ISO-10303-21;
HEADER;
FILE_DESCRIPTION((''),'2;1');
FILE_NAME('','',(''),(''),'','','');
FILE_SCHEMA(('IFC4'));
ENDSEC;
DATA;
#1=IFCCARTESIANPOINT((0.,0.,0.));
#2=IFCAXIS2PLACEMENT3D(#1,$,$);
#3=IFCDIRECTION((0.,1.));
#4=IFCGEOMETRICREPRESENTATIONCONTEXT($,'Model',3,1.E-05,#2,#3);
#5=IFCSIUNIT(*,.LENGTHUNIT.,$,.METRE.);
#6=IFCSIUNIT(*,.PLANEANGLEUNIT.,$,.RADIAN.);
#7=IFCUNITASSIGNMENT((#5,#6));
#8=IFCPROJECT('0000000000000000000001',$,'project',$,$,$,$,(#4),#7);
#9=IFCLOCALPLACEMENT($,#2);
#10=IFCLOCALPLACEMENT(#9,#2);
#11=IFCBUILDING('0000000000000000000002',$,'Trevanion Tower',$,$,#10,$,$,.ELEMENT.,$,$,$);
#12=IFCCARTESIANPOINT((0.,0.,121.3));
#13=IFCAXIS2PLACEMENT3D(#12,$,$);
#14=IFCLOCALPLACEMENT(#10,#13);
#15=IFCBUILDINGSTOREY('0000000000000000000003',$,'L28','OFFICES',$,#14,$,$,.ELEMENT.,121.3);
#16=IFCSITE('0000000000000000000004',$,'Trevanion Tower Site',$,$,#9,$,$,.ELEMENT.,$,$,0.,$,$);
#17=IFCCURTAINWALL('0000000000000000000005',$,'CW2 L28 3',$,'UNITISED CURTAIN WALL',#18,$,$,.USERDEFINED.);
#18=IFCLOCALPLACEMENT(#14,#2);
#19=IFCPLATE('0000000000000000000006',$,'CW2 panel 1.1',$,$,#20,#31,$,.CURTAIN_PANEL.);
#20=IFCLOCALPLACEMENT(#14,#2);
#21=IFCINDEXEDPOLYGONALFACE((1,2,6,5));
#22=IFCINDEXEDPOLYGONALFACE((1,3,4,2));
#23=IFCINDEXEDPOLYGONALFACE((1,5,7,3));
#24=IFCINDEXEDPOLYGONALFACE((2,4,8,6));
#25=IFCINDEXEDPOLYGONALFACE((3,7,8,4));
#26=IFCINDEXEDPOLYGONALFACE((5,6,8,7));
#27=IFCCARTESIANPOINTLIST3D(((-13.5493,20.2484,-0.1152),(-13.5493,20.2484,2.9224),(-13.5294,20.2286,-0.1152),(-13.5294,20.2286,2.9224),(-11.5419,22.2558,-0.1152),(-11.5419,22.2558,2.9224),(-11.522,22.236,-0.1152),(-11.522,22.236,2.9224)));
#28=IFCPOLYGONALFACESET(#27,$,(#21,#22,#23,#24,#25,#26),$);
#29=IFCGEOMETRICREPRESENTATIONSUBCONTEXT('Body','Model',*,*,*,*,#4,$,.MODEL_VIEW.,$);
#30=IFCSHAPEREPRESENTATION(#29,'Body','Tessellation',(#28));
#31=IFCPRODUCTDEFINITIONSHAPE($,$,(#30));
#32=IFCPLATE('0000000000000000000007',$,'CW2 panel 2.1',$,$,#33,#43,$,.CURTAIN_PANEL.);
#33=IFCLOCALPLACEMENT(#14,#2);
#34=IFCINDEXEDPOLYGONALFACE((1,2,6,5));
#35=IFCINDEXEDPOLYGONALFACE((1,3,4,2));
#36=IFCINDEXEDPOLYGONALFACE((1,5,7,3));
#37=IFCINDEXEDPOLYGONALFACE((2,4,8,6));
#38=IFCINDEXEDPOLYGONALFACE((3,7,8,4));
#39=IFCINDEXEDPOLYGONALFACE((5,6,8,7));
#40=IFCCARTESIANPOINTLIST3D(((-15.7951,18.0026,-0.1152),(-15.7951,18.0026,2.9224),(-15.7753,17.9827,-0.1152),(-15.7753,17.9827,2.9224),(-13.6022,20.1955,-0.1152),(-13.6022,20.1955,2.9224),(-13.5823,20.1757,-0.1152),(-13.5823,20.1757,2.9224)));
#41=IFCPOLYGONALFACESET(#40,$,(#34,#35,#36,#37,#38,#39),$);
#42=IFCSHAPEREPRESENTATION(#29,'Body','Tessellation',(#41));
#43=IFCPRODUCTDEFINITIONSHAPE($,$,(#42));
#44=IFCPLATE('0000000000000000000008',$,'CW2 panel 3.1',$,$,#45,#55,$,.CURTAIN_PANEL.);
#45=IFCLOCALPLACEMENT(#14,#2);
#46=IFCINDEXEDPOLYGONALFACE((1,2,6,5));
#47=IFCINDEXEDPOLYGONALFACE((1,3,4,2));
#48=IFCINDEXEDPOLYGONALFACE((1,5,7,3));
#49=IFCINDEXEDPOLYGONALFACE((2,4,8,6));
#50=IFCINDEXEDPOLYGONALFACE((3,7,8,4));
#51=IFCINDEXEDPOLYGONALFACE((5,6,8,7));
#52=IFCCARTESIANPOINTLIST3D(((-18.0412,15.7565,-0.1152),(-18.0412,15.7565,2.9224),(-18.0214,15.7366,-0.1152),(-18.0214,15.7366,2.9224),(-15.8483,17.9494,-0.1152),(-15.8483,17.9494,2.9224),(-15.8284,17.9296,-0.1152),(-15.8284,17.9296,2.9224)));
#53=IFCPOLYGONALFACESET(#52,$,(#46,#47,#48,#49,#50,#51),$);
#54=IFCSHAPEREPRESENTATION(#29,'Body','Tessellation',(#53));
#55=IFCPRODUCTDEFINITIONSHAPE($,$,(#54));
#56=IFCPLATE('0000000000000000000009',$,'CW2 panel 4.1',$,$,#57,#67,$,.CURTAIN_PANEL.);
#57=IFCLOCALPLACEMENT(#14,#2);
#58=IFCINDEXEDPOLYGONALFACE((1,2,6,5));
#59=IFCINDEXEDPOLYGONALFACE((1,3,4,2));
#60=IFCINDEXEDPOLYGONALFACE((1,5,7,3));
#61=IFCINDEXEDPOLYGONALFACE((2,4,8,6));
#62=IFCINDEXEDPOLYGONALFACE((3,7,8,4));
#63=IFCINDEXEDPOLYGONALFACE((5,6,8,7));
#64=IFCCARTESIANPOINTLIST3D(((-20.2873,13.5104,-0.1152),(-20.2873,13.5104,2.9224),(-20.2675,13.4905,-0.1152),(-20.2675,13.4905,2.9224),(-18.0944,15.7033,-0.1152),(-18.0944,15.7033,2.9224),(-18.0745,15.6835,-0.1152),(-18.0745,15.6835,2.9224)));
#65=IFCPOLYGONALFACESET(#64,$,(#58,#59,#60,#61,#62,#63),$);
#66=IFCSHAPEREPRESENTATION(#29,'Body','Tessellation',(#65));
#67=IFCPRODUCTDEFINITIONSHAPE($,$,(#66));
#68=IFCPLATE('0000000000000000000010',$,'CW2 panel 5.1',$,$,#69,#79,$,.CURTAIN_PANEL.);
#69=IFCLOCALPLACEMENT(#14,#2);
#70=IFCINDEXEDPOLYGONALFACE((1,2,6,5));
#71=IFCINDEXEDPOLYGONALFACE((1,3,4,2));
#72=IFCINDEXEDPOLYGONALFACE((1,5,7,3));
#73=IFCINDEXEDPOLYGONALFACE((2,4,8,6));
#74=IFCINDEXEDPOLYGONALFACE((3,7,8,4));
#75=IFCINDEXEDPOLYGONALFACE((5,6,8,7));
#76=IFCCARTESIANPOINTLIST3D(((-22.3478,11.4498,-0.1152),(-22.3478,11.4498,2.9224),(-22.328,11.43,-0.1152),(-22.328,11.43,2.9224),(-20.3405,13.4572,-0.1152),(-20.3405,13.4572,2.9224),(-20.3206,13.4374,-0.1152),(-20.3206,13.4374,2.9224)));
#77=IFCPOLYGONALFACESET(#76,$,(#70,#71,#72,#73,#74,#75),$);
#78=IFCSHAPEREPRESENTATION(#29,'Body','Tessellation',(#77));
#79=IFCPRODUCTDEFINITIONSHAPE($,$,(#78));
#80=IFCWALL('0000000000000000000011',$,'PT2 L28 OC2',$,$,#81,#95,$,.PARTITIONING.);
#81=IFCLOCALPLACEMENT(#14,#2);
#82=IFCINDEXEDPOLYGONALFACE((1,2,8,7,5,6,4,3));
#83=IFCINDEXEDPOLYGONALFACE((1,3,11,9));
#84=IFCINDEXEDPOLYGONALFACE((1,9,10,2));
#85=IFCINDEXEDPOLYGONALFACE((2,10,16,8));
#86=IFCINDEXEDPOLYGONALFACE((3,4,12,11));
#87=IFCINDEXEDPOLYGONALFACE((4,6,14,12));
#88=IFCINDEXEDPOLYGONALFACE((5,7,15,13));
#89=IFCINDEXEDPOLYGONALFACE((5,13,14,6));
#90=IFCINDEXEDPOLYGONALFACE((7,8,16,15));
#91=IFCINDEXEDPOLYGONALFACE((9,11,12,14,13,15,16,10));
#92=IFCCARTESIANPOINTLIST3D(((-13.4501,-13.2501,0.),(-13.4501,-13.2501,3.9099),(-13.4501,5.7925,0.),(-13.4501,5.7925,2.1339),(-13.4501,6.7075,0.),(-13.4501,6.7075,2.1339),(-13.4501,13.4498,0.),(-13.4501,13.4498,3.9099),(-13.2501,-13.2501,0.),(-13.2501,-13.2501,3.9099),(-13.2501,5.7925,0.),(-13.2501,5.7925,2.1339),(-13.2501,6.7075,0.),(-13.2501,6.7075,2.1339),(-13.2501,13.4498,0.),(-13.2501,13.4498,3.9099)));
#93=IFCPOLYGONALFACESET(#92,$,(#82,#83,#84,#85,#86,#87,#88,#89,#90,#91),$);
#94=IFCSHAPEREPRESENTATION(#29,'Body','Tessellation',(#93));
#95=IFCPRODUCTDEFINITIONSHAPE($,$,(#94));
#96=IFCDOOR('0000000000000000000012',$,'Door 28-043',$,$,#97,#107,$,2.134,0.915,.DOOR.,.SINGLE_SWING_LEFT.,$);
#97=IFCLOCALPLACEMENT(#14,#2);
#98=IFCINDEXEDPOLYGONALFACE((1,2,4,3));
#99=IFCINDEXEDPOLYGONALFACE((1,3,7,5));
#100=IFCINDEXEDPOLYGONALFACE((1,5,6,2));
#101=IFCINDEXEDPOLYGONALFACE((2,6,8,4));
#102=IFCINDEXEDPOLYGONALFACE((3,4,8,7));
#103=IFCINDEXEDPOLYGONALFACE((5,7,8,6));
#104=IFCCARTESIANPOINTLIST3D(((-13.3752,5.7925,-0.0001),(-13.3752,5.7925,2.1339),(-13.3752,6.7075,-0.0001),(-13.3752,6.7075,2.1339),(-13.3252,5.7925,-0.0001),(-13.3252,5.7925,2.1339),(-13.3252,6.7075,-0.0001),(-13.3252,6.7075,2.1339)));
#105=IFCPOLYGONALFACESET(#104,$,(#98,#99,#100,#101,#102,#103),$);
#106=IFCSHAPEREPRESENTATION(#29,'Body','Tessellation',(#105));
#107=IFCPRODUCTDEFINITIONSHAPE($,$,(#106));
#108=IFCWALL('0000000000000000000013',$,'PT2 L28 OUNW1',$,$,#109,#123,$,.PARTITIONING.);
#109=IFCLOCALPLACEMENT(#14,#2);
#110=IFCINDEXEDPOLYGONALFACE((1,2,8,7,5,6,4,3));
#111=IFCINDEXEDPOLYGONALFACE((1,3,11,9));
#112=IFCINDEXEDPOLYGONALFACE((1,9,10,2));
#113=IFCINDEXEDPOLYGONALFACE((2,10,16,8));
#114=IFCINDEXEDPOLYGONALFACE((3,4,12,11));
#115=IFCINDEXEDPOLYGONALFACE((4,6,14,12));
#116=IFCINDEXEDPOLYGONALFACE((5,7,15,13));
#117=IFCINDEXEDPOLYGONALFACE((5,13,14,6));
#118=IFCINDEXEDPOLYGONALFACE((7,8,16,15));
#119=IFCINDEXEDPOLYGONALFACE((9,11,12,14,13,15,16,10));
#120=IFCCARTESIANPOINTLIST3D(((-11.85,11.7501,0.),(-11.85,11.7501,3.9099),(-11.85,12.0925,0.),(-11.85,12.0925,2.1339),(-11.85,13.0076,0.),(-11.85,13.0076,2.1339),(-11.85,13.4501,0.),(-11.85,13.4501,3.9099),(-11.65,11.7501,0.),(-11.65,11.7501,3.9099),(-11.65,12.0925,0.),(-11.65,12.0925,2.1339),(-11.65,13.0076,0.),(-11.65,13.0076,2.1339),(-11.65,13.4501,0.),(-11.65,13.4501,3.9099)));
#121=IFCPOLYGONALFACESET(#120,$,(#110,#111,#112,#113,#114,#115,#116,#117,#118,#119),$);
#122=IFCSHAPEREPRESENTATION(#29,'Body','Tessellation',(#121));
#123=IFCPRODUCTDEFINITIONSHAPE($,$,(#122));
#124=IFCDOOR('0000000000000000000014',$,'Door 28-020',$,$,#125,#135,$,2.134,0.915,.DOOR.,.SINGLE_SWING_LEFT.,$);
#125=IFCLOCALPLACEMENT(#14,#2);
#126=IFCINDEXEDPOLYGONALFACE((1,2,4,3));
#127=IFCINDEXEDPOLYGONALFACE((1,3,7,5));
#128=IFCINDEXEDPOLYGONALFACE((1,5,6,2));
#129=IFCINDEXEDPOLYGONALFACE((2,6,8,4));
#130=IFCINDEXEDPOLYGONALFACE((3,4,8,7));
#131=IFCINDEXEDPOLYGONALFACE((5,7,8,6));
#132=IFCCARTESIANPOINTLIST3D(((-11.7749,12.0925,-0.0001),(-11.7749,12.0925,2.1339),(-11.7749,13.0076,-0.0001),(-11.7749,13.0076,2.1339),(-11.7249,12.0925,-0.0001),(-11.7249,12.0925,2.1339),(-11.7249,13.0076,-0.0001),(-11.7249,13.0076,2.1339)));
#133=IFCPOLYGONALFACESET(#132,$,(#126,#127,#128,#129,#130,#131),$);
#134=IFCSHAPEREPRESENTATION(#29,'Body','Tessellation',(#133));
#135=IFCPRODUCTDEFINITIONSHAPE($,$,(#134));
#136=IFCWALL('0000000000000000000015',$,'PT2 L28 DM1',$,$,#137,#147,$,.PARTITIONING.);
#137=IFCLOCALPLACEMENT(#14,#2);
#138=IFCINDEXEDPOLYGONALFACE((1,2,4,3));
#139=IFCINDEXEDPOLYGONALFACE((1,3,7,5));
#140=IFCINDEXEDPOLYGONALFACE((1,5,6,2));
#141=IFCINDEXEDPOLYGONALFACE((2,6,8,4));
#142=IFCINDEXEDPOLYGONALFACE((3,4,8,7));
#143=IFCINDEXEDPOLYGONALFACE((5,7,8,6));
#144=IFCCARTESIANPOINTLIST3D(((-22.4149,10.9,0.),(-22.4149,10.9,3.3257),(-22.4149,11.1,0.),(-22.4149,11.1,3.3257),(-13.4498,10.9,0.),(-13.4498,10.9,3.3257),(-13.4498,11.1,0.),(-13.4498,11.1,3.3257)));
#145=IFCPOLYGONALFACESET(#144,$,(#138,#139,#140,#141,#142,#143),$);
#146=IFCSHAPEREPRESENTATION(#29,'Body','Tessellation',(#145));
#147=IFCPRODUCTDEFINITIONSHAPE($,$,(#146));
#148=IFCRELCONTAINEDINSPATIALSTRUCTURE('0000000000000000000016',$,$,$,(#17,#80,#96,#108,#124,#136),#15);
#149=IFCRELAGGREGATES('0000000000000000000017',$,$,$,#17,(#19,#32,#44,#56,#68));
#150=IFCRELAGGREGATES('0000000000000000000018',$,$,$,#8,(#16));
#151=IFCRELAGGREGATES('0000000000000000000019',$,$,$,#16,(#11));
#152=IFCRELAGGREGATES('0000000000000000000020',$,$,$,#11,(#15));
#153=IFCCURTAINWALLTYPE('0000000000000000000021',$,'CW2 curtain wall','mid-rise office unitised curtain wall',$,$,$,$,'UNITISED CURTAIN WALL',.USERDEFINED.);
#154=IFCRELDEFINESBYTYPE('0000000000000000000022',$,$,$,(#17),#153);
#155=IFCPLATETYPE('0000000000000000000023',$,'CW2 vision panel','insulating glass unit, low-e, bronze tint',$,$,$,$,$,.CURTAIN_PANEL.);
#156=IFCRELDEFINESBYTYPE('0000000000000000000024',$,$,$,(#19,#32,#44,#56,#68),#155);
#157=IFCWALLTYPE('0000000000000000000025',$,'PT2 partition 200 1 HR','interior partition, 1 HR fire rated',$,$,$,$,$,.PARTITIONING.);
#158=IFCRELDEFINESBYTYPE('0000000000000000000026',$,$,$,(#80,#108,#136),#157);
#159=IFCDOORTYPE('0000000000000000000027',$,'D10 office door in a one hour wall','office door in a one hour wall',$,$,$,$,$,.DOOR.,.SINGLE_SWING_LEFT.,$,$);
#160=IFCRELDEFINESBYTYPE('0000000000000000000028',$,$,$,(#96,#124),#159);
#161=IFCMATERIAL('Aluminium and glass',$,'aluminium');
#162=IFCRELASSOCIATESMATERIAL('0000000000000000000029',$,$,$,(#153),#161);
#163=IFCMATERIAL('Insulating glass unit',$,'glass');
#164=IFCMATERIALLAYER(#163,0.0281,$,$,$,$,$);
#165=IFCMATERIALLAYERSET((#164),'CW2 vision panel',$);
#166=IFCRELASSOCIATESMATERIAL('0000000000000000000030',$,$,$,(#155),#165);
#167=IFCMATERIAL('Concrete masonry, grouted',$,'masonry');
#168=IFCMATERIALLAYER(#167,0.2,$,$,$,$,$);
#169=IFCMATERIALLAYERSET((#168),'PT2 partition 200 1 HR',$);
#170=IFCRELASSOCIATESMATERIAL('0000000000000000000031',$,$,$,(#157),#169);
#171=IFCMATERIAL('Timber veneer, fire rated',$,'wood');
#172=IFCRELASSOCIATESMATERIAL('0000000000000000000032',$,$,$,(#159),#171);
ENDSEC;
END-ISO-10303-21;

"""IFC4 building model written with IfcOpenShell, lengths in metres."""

from ifc_helpers import new_model, si_unit, direction, frame, frame_2d, origin, origin_2d, place, context, subcontext, project, spatial, rectangle, extrude, material, layer, layer_set, type_object, element, fill, aggregate, save


model = new_model("IFC4")

# Units and contexts
model_context = context("Model", 3, precision=1e-05, world=origin(), true_north=direction((0.0, 1.0)))
body_context = subcontext(model_context, "Body", "Model", "MODEL_VIEW")
ifc_project = project(units=[si_unit("LENGTHUNIT", "METRE"), si_unit("PLANEANGLEUNIT", "RADIAN")], contexts=[model_context])

# Site, building, storey
site_placement = place(None, origin())
site = spatial("IfcSite", under=ifc_project, at=site_placement, Name="Trevanion Tower Site", CompositionType="ELEMENT", RefElevation=0.0)
building_placement = place(site_placement, origin())
building = spatial("IfcBuilding", under=site, at=building_placement, Name="Trevanion Tower", CompositionType="ELEMENT")
storey_placement = place(building_placement, frame((0.0, 0.0, 121.3)))
storey = spatial("IfcBuildingStorey", under=building, at=storey_placement, Name="L28", Description="OFFICES", CompositionType="ELEMENT", Elevation=121.3)

# Curtain wall
ifc_material_1 = material(Name="Aluminium and glass", Category="aluminium")
curtain_wall_type = type_object("IfcCurtainWallType", Name="CW2 curtain wall", Description="mid-rise office unitised curtain wall", ElementType="UNITISED CURTAIN WALL", PredefinedType="USERDEFINED", material=ifc_material_1)
curtain_wall_placement = place(storey_placement, origin())
curtain_wall = element("IfcCurtainWall", 1, at=curtain_wall_placement, inside=storey, type_object=curtain_wall_type, Name="CW2 L28 3", ObjectType="UNITISED CURTAIN WALL", PredefinedType="USERDEFINED")

# Plates
ifc_material_2 = material(Name="Insulating glass unit", Category="glass")
ifc_layer_1 = layer(ifc_material_2, 0.0281)
ifc_layer_set_1 = layer_set([ifc_layer_1], Name="CW2 vision panel")
plate_type_1 = type_object("IfcPlateType", Name="CW2 vision panel", Description="insulating glass unit, low-e, bronze tint", PredefinedType="CURTAIN_PANEL", material=ifc_layer_set_1)
plate_1_placement = place(storey_placement, frame((-12.5356, 21.2422, -0.1152), z_axis=(0.0, 0.0, 1.0), x_axis=(-0.707107, -0.707107, 0.0)))
plate_1 = element("IfcPlate", 2, at=plate_1_placement, type_object=plate_type_1, Name="CW2 panel 1.1", PredefinedType="CURTAIN_PANEL", context=body_context, shape_type="SweptSolid", body=[
    extrude(rectangle(XDim=2.8389, YDim=0.0281, at=origin_2d()), origin(), (0.0, 0.0, 1.0), 3.0376),
])
plate_2_placement = place(storey_placement, frame((-14.6887, 19.0891, -0.1152), z_axis=(0.0, 0.0, 1.0), x_axis=(-0.707107, -0.707107, 0.0)))
plate_2 = element("IfcPlate", 3, at=plate_2_placement, type_object=plate_type_1, Name="CW2 panel 2.1", PredefinedType="CURTAIN_PANEL", context=body_context, shape_type="SweptSolid", body=[
    extrude(rectangle(XDim=3.1013, YDim=0.0281, at=origin_2d()), origin(), (0.0, 0.0, 1.0), 3.0376),
])
plate_3_placement = place(storey_placement, frame((-16.9348, 16.843, -0.1152), z_axis=(0.0, 0.0, 1.0), x_axis=(-0.707107, -0.707107, 0.0)))
plate_3 = element("IfcPlate", 4, at=plate_3_placement, type_object=plate_type_1, Name="CW2 panel 3.1", PredefinedType="CURTAIN_PANEL", context=body_context, shape_type="SweptSolid", body=[
    extrude(rectangle(XDim=3.1013, YDim=0.0281, at=origin_2d()), origin(), (0.0, 0.0, 1.0), 3.0376),
])
plate_4_placement = place(storey_placement, frame((-19.1809, 14.5969, -0.1152), z_axis=(0.0, 0.0, 1.0), x_axis=(-0.707107, -0.707107, 0.0)))
plate_4 = element("IfcPlate", 5, at=plate_4_placement, type_object=plate_type_1, Name="CW2 panel 4.1", PredefinedType="CURTAIN_PANEL", context=body_context, shape_type="SweptSolid", body=[
    extrude(rectangle(XDim=3.1013, YDim=0.0281, at=origin_2d()), origin(), (0.0, 0.0, 1.0), 3.0376),
])
plate_5_placement = place(storey_placement, frame((-21.3342, 12.4436, -0.1152), z_axis=(0.0, 0.0, 1.0), x_axis=(-0.707107, -0.707107, 0.0)))
plate_5 = element("IfcPlate", 6, at=plate_5_placement, type_object=plate_type_1, Name="CW2 panel 5.1", PredefinedType="CURTAIN_PANEL", context=body_context, shape_type="SweptSolid", body=[
    extrude(rectangle(XDim=2.8389, YDim=0.0281, at=origin_2d()), origin(), (0.0, 0.0, 1.0), 3.0376),
])
aggregate(curtain_wall, [plate_1, plate_2, plate_3, plate_4, plate_5])

# Walls, openings, doors
ifc_material_3 = material(Name="Concrete masonry, grouted", Category="masonry")
ifc_layer_2 = layer(ifc_material_3, 0.2)
ifc_layer_set_2 = layer_set([ifc_layer_2], Name="PT2 partition 200 1 HR")
wall_type = type_object("IfcWallType", Name="PT2 partition 200 1 HR", Description="interior partition, 1 HR fire rated", PredefinedType="PARTITIONING", material=ifc_layer_set_2)
wall_1_placement = place(storey_placement, frame((-13.3501, 13.45, 0.0), z_axis=(0.0, 0.0, 1.0), x_axis=(0.0, -1.0, 0.0)))
wall_1 = element("IfcWall", 7, at=wall_1_placement, inside=storey, type_object=wall_type, Name="PT2 L28 OC2", PredefinedType="PARTITIONING", context=body_context, shape_type="SweptSolid", body=[
    extrude(rectangle(XDim=26.7, YDim=0.2, at=frame_2d((13.3501, 0.0))), origin(), (0.0, 0.0, 1.0), 3.9099),
])
opening_1_placement = place(wall_1_placement, frame((6.7424, 0.0, 0.0)))
opening_1 = element("IfcOpeningElement", 8, at=opening_1_placement, cuts=wall_1, PredefinedType="OPENING", context=body_context, shape_type="SweptSolid", body=[
    extrude(rectangle(XDim=0.915, YDim=2.134, at=frame_2d((0.4575, 1.0669))), frame((0.0, 0.1099, 0.0), z_axis=(0.0, -1.0, 0.0), x_axis=(1.0, 0.0, 0.0)), (0.0, 0.0, 1.0), 0.22),
])
ifc_material_4 = material(Name="Timber veneer, fire rated", Category="wood")
door_type = type_object("IfcDoorType", Name="D10 office door in a one hour wall", Description="office door in a one hour wall", OperationType="SINGLE_SWING_LEFT", PredefinedType="DOOR", material=ifc_material_4)
door_1_placement = place(opening_1_placement, origin())
door_1 = element("IfcDoor", 9, at=door_1_placement, inside=storey, type_object=door_type, Name="Door 28-043", OperationType="SINGLE_SWING_LEFT", OverallHeight=2.134, OverallWidth=0.915, PredefinedType="DOOR", context=body_context, shape_type="SweptSolid", body=[
    extrude(rectangle(XDim=0.915, YDim=2.134, at=frame_2d((0.4575, 1.0669))), frame((0.0, 0.0249, 0.0), z_axis=(0.0, -1.0, 0.0), x_axis=(1.0, 0.0, 0.0)), (0.0, 0.0, 1.0), 0.05),
])
fill(opening_1, door_1)
wall_2_placement = place(storey_placement, frame((-11.75, 11.75, 0.0), z_axis=(0.0, 0.0, 1.0), x_axis=(0.0, 1.0, 0.0)))
wall_2 = element("IfcWall", 10, at=wall_2_placement, inside=storey, type_object=wall_type, Name="PT2 L28 OUNW1", PredefinedType="PARTITIONING", context=body_context, shape_type="SweptSolid", body=[
    extrude(rectangle(XDim=1.7, YDim=0.2, at=frame_2d((0.8501, 0.0))), origin(), (0.0, 0.0, 1.0), 3.9099),
])
opening_2_placement = place(wall_2_placement, frame((0.3425, 0.0, 0.0)))
opening_2 = element("IfcOpeningElement", 11, at=opening_2_placement, cuts=wall_2, PredefinedType="OPENING", context=body_context, shape_type="SweptSolid", body=[
    extrude(rectangle(XDim=0.915, YDim=2.134, at=frame_2d((0.4575, 1.0669))), frame((0.0, 0.1099, 0.0), z_axis=(0.0, -1.0, 0.0), x_axis=(1.0, 0.0, 0.0)), (0.0, 0.0, 1.0), 0.22),
])
door_2_placement = place(opening_2_placement, origin())
door_2 = element("IfcDoor", 12, at=door_2_placement, inside=storey, type_object=door_type, Name="Door 28-020", OperationType="SINGLE_SWING_LEFT", OverallHeight=2.134, OverallWidth=0.915, PredefinedType="DOOR", context=body_context, shape_type="SweptSolid", body=[
    extrude(rectangle(XDim=0.915, YDim=2.134, at=frame_2d((0.4575, 1.0669))), frame((0.0, 0.0249, 0.0), z_axis=(0.0, -1.0, 0.0), x_axis=(1.0, 0.0, 0.0)), (0.0, 0.0, 1.0), 0.05),
])
fill(opening_2, door_2)

# Wall
wall_3_placement = place(storey_placement, frame((-13.45, 11.0, 0.0), z_axis=(0.0, 0.0, 1.0), x_axis=(-1.0, 0.0, 0.0)))
element("IfcWall", 13, at=wall_3_placement, inside=storey, type_object=wall_type, Name="PT2 L28 DM1", PredefinedType="PARTITIONING", context=body_context, shape_type="SweptSolid", body=[
    extrude(rectangle(XDim=8.9651, YDim=0.2, at=frame_2d((4.4824, 0.0))), origin(), (0.0, 0.0, 1.0), 3.3257),
])

save(model, "model.ifc")
